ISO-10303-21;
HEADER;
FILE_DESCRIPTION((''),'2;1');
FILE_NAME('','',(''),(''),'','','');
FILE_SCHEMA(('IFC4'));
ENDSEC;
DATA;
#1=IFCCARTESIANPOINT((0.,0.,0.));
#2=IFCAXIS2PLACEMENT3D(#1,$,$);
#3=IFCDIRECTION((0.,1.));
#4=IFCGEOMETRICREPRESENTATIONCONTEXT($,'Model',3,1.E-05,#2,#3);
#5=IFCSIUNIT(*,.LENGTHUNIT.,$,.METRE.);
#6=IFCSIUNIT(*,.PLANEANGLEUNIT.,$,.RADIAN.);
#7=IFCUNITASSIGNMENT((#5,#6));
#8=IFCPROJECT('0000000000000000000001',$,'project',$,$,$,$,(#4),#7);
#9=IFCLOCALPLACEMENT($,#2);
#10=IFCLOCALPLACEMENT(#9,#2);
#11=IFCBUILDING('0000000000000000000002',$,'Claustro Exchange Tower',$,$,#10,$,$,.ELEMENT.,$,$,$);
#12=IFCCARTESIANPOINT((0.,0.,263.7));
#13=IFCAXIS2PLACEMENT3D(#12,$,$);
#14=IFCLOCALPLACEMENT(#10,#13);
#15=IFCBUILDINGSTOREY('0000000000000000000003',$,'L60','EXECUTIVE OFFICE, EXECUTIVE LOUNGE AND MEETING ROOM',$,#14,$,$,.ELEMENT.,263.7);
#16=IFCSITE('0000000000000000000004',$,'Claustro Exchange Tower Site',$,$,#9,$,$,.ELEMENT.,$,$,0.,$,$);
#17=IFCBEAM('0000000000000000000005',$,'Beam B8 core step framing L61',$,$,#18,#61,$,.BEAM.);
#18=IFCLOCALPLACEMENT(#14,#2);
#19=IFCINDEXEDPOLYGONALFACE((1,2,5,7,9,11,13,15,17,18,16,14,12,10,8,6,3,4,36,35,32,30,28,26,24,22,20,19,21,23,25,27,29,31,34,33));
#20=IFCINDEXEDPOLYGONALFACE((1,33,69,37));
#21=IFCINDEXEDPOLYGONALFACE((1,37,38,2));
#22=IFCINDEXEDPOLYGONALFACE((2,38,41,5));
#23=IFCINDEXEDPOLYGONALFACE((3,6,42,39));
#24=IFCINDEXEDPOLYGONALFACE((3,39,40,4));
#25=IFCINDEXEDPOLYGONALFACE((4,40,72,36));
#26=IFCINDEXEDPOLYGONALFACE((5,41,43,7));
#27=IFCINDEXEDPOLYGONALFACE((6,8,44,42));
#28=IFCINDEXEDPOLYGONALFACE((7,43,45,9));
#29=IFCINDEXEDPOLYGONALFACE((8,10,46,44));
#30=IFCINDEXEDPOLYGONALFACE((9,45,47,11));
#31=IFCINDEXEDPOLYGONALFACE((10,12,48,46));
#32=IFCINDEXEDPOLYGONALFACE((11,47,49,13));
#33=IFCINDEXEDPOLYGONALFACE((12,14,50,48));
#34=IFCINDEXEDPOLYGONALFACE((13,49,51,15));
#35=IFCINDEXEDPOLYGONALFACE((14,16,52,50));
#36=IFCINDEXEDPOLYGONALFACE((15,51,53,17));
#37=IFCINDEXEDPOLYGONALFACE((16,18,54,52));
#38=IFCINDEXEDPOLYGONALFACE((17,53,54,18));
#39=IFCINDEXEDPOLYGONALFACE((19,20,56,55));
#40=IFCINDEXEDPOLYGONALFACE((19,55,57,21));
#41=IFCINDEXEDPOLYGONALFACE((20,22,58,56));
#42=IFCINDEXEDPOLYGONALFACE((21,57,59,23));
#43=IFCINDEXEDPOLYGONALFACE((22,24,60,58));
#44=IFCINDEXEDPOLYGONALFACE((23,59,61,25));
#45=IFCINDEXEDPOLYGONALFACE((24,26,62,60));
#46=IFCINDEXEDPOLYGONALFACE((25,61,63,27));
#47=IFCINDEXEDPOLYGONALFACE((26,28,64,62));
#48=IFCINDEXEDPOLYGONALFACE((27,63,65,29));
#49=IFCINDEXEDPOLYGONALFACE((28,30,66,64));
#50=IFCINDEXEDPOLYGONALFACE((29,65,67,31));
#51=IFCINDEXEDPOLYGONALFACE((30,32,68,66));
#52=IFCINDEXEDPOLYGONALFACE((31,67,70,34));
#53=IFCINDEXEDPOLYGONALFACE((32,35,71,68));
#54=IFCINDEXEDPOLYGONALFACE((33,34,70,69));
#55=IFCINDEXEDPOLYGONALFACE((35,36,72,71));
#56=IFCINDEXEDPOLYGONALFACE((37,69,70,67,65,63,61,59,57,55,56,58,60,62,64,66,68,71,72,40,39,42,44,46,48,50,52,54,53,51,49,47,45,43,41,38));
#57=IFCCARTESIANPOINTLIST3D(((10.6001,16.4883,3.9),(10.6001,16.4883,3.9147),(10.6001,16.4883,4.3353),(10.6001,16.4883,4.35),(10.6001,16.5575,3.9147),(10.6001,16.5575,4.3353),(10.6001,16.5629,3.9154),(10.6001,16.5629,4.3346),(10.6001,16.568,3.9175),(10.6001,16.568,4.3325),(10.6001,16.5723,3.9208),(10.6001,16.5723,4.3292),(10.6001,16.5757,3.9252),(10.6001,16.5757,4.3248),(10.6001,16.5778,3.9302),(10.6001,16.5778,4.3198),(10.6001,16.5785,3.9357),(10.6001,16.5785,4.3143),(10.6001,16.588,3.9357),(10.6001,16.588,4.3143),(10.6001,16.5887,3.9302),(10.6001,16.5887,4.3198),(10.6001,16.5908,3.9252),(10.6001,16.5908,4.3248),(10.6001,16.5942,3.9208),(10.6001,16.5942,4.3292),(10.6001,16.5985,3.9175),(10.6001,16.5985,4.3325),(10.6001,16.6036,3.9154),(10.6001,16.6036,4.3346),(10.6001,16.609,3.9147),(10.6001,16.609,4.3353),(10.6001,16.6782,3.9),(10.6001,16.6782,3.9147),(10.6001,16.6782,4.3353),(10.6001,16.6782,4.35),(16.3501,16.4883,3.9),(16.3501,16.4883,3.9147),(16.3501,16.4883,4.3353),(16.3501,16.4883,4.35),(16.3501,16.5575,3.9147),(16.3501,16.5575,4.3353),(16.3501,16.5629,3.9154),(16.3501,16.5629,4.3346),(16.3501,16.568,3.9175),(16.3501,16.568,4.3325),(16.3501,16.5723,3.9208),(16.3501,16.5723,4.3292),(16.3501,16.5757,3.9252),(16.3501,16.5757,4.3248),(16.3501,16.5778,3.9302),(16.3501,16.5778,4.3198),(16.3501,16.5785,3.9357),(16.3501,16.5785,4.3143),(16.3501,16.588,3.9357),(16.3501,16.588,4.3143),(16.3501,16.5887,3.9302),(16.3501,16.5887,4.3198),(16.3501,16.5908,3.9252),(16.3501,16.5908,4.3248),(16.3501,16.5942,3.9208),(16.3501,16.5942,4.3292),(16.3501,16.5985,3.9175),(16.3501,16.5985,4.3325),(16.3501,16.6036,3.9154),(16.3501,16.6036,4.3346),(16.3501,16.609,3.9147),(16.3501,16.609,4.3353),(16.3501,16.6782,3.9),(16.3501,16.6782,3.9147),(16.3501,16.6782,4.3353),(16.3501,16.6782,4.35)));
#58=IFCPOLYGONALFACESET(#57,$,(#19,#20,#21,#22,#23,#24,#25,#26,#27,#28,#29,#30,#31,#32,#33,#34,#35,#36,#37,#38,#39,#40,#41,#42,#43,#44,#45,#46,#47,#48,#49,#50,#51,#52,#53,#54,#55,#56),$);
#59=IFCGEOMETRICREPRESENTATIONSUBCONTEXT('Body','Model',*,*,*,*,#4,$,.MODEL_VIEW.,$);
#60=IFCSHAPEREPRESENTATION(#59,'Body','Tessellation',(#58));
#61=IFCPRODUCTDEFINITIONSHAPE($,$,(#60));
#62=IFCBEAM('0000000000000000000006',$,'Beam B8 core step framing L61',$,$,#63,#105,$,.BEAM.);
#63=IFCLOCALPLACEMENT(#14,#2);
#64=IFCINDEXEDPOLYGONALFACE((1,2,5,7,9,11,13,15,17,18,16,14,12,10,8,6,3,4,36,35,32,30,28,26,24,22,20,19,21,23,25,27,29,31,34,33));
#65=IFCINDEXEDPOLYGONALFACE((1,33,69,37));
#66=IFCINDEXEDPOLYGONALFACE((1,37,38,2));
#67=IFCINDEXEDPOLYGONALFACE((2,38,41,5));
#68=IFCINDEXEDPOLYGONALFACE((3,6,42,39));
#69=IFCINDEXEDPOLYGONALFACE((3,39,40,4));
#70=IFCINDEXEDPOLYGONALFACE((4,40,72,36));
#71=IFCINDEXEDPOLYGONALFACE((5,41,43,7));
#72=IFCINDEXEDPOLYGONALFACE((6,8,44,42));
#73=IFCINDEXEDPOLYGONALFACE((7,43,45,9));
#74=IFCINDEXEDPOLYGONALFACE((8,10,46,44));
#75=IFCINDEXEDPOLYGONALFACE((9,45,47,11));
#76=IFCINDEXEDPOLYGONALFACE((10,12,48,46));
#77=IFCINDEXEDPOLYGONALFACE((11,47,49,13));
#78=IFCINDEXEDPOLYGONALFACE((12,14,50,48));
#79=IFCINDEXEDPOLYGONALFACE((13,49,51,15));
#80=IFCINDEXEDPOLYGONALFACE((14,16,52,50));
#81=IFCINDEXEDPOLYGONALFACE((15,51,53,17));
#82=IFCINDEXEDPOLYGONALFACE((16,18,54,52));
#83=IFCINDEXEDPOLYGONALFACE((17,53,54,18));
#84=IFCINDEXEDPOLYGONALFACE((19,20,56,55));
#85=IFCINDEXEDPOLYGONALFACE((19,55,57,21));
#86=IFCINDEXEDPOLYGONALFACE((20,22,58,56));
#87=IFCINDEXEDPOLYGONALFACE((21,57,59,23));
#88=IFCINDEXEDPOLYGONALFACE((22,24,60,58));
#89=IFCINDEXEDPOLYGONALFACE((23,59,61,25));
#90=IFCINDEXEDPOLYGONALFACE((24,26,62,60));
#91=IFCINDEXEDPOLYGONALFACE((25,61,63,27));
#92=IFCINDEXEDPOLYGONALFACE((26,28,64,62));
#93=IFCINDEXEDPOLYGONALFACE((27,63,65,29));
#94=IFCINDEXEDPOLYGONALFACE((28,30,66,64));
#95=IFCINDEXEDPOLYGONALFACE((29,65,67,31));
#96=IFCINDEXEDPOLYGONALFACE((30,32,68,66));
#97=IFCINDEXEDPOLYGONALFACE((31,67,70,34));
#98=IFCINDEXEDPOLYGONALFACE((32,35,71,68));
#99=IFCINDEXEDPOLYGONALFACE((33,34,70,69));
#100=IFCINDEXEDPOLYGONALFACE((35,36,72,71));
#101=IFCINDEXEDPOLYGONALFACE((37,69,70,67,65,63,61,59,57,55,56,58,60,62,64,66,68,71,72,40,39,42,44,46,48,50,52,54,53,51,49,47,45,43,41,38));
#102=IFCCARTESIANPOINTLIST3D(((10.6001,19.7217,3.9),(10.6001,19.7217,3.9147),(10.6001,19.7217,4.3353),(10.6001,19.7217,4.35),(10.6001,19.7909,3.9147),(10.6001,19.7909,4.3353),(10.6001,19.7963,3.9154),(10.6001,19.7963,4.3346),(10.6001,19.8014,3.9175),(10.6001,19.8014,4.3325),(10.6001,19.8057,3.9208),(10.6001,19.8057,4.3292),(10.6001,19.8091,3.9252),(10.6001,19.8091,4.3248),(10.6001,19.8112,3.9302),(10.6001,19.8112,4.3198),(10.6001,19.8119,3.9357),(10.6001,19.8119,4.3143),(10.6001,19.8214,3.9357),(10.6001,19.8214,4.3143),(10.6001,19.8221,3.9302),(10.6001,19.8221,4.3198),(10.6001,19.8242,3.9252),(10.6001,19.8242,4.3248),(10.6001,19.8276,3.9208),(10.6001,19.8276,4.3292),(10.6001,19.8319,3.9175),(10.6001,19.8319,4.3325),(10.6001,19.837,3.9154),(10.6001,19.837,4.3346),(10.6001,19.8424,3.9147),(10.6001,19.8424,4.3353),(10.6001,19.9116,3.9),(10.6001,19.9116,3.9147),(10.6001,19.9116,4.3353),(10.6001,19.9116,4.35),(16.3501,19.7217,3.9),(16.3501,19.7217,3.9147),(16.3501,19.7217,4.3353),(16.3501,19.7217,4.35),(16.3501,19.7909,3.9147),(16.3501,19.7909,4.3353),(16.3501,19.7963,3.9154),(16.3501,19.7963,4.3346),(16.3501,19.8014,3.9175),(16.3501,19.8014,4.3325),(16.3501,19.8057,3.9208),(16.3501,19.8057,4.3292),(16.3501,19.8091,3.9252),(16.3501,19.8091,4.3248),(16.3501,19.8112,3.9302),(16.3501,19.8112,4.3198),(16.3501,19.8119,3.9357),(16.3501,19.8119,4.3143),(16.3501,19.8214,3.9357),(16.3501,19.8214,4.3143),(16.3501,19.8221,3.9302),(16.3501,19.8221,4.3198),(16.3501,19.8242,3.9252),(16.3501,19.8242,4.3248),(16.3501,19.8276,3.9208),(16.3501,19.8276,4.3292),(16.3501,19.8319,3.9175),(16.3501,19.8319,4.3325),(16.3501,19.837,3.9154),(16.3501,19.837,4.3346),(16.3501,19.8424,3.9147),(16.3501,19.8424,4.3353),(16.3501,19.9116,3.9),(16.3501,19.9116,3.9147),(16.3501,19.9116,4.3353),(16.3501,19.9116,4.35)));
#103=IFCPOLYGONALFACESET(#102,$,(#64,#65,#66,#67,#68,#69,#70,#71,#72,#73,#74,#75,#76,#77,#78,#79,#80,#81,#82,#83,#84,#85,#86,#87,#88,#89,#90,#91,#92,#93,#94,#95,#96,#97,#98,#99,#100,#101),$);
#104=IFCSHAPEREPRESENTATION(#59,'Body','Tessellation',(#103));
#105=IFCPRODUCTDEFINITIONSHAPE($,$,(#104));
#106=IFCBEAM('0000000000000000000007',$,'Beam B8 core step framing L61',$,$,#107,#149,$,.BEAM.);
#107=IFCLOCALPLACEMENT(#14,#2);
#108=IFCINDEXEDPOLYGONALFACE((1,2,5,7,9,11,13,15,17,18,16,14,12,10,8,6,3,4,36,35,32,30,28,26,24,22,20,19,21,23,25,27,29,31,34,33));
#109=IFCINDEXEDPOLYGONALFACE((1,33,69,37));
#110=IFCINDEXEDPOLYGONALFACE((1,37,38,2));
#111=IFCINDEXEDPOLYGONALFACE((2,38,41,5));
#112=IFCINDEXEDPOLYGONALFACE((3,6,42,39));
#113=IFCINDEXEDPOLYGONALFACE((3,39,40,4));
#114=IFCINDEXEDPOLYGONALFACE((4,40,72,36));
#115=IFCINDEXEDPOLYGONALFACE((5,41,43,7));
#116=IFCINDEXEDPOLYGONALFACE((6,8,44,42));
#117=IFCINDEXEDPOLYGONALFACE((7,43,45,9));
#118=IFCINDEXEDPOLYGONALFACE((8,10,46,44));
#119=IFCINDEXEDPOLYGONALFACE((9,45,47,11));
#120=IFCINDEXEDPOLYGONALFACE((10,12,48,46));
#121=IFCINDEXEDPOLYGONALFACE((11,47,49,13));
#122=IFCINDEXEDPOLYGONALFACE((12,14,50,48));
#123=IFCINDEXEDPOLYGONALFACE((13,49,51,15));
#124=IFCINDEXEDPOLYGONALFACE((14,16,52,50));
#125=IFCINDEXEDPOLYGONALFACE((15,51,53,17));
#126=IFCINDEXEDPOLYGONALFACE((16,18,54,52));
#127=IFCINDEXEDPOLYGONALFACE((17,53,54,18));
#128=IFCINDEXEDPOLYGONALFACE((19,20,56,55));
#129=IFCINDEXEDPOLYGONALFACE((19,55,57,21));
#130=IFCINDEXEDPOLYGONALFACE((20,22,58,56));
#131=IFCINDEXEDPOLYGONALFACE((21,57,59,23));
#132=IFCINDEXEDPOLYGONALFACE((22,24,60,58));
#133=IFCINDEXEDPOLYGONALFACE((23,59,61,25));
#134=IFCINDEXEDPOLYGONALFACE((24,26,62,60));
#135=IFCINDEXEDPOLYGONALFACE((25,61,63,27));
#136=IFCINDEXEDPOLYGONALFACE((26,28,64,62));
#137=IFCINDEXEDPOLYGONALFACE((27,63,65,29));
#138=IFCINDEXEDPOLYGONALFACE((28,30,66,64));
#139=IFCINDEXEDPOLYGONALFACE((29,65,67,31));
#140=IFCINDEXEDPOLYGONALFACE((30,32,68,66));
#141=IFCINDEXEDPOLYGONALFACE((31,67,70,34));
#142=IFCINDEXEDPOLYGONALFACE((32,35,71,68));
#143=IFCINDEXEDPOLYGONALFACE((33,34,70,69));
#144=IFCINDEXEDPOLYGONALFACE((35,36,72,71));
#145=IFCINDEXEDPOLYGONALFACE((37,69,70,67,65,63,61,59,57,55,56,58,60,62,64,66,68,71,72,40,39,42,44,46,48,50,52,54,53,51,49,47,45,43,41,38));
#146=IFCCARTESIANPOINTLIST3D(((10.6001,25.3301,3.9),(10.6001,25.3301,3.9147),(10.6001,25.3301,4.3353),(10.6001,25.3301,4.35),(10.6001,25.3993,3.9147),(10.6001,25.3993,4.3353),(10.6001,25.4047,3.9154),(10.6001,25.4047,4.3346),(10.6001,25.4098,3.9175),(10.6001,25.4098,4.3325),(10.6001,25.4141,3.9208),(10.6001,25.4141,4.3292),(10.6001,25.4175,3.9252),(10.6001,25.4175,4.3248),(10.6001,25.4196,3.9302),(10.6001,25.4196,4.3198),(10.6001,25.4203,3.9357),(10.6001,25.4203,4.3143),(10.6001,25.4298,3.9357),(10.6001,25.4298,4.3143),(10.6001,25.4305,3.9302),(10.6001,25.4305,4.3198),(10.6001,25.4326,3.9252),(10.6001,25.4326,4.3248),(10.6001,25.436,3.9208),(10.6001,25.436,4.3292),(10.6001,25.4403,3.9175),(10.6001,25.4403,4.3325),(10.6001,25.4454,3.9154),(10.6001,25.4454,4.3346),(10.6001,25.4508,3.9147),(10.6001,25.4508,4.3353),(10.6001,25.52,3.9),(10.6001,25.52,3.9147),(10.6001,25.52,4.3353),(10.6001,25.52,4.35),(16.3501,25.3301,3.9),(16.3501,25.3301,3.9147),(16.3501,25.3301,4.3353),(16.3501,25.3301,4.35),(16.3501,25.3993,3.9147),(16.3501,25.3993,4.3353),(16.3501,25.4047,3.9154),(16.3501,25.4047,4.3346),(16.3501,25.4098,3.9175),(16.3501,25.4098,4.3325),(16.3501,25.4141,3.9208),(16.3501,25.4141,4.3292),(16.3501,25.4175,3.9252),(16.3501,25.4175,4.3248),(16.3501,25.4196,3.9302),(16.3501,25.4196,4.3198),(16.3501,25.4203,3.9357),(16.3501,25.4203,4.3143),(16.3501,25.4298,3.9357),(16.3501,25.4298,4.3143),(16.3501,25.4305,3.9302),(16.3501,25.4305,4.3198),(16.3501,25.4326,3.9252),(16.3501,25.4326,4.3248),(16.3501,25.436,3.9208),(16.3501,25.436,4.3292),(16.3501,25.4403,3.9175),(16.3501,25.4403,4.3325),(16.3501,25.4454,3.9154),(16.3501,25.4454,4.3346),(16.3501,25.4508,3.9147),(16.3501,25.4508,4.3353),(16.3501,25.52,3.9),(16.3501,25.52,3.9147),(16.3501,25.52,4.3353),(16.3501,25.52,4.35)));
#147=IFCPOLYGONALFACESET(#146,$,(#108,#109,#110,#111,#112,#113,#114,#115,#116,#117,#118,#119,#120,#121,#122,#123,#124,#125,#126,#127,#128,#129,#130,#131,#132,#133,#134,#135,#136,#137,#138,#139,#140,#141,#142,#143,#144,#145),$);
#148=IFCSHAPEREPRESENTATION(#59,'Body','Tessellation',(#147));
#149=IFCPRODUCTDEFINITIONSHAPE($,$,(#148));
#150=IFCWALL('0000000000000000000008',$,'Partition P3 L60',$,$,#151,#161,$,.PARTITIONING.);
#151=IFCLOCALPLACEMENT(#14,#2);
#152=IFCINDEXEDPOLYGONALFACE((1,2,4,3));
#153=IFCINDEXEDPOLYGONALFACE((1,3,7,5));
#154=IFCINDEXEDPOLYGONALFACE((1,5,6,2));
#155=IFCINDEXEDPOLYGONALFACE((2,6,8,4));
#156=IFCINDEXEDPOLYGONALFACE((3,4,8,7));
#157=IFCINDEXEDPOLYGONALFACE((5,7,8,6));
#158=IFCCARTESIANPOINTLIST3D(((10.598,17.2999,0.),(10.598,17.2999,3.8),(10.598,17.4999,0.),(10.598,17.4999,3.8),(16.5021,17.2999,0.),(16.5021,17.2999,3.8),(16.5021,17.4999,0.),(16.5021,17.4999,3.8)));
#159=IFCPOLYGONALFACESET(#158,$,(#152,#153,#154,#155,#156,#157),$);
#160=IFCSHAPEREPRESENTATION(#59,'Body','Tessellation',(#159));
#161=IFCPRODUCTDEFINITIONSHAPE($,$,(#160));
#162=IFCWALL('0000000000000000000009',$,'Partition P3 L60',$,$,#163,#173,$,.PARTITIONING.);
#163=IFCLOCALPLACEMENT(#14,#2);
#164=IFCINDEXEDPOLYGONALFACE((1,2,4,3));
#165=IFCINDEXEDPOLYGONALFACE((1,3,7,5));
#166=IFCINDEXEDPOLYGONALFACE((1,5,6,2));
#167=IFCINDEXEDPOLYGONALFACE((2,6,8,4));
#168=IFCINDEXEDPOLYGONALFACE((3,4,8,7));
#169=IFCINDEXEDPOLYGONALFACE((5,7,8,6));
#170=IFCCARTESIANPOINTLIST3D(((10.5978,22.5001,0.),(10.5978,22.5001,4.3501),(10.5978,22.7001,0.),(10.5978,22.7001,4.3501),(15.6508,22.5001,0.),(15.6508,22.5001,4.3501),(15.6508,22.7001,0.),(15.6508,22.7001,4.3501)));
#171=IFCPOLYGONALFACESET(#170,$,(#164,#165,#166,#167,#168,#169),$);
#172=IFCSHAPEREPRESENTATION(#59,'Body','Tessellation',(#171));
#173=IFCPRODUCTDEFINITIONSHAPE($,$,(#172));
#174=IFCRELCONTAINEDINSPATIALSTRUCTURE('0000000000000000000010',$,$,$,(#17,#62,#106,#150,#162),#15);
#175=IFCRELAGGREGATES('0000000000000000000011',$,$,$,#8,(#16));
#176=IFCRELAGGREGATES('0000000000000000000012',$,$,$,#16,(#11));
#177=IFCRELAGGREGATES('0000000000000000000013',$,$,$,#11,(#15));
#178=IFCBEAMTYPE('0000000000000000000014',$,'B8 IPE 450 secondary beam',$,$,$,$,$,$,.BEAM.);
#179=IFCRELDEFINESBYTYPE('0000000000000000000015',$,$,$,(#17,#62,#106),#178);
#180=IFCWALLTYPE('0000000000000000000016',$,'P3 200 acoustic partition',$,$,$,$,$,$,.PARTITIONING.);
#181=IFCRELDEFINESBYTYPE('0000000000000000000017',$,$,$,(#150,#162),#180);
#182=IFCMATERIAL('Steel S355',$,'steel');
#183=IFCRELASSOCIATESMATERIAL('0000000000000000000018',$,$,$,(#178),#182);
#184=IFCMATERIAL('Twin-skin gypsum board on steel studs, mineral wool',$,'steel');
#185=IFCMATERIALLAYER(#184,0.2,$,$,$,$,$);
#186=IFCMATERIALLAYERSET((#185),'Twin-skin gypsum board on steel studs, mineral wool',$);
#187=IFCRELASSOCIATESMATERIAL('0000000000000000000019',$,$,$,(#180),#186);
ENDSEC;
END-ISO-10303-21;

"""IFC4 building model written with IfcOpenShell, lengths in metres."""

from ifc_helpers import new_model, si_unit, direction, frame, frame_2d, origin, origin_2d, place, context, subcontext, project, spatial, rectangle, i_section, extrude, material, layer, layer_set, material_profile, profile_set, type_object, element, save


model = new_model("IFC4")

# Units and contexts
model_context = context("Model", 3, precision=1e-05, world=origin(), true_north=direction((0.0, 1.0)))
body_context = subcontext(model_context, "Body", "Model", "MODEL_VIEW")
ifc_project = project(units=[si_unit("LENGTHUNIT", "METRE"), si_unit("PLANEANGLEUNIT", "RADIAN")], contexts=[model_context])

# Site, building, storey
site_placement = place(None, origin())
site = spatial("IfcSite", under=ifc_project, at=site_placement, Name="Claustro Exchange Tower Site", CompositionType="ELEMENT", RefElevation=0.0)
building_placement = place(site_placement, origin())
building = spatial("IfcBuilding", under=site, at=building_placement, Name="Claustro Exchange Tower", CompositionType="ELEMENT")
storey_placement = place(building_placement, frame((0.0, 0.0, 263.7)))
storey = spatial("IfcBuildingStorey", under=building, at=storey_placement, Name="L60", Description="EXECUTIVE OFFICE, EXECUTIVE LOUNGE AND MEETING ROOM", CompositionType="ELEMENT", Elevation=263.7)

# Beams
ifc_material_1 = material(Name="Steel S355", Category="steel")
ifc_material_profile_1 = material_profile(ifc_material_1, i_section(OverallWidth=0.1899, OverallDepth=0.45, WebThickness=0.0095, FlangeThickness=0.0146, FilletRadius=0.021, at=origin_2d()), Name="IPE 450")
ifc_profile_set_1 = profile_set([ifc_material_profile_1], Name="Steel S355")
beam_type_1 = type_object("IfcBeamType", Name="B8 IPE 450 secondary beam", PredefinedType="BEAM", material=ifc_profile_set_1)
for number, where, z_axis, x_axis, name in (
    (1, (10.6001, 16.5833, 4.125), (1.0, 0.0, 0.0), (0.0, 1.0, 0.0), "Beam B8 core step framing L61"),
    (2, (10.6001, 19.8167, 4.125), (1.0, 0.0, 0.0), (0.0, 1.0, 0.0), "Beam B8 core step framing L61"),
    (3, (10.6001, 25.425, 4.125), (1.0, 0.0, 0.0), (0.0, 1.0, 0.0), "Beam B8 core step framing L61"),
):
    element("IfcBeam", number, at=place(storey_placement, frame(where, z_axis=z_axis, x_axis=x_axis)), inside=storey, type_object=beam_type_1, Name=name, PredefinedType="BEAM", context=body_context, shape_type="SweptSolid", body=[
        extrude(i_section(OverallWidth=0.1899, OverallDepth=0.45, WebThickness=0.0095, FlangeThickness=0.0146, FilletRadius=0.021, at=origin_2d()), origin(), (0.0, 0.0, 1.0), 5.75),
    ])

# Walls
ifc_material_2 = material(Name="Twin-skin gypsum board on steel studs, mineral wool", Category="steel")
ifc_layer_1 = layer(ifc_material_2, 0.2)
ifc_layer_set_1 = layer_set([ifc_layer_1], Name="Twin-skin gypsum board on steel studs, mineral wool")
wall_type_1 = type_object("IfcWallType", Name="P3 200 acoustic partition", PredefinedType="PARTITIONING", material=ifc_layer_set_1)
wall_1_placement = place(storey_placement, frame((10.5979, 17.3999, 0.0), z_axis=(0.0, 0.0, 1.0), x_axis=(1.0, 0.0, 0.0)))
element("IfcWall", 4, at=wall_1_placement, inside=storey, type_object=wall_type_1, Name="Partition P3 L60", PredefinedType="PARTITIONING", context=body_context, shape_type="SweptSolid", body=[
    extrude(rectangle(XDim=5.9041, YDim=0.2, at=frame_2d((2.9521, 0.0))), origin(), (0.0, 0.0, 1.0), 3.8),
])
wall_2_placement = place(storey_placement, frame((10.5979, 22.6001, 0.0), z_axis=(0.0, 0.0, 1.0), x_axis=(1.0, 0.0, 0.0)))
element("IfcWall", 5, at=wall_2_placement, inside=storey, type_object=wall_type_1, Name="Partition P3 L60", PredefinedType="PARTITIONING", context=body_context, shape_type="SweptSolid", body=[
    extrude(rectangle(XDim=5.053, YDim=0.2, at=frame_2d((2.5264, 0.0))), origin(), (0.0, 0.0, 1.0), 4.3501),
])

save(model, "model.ifc")
